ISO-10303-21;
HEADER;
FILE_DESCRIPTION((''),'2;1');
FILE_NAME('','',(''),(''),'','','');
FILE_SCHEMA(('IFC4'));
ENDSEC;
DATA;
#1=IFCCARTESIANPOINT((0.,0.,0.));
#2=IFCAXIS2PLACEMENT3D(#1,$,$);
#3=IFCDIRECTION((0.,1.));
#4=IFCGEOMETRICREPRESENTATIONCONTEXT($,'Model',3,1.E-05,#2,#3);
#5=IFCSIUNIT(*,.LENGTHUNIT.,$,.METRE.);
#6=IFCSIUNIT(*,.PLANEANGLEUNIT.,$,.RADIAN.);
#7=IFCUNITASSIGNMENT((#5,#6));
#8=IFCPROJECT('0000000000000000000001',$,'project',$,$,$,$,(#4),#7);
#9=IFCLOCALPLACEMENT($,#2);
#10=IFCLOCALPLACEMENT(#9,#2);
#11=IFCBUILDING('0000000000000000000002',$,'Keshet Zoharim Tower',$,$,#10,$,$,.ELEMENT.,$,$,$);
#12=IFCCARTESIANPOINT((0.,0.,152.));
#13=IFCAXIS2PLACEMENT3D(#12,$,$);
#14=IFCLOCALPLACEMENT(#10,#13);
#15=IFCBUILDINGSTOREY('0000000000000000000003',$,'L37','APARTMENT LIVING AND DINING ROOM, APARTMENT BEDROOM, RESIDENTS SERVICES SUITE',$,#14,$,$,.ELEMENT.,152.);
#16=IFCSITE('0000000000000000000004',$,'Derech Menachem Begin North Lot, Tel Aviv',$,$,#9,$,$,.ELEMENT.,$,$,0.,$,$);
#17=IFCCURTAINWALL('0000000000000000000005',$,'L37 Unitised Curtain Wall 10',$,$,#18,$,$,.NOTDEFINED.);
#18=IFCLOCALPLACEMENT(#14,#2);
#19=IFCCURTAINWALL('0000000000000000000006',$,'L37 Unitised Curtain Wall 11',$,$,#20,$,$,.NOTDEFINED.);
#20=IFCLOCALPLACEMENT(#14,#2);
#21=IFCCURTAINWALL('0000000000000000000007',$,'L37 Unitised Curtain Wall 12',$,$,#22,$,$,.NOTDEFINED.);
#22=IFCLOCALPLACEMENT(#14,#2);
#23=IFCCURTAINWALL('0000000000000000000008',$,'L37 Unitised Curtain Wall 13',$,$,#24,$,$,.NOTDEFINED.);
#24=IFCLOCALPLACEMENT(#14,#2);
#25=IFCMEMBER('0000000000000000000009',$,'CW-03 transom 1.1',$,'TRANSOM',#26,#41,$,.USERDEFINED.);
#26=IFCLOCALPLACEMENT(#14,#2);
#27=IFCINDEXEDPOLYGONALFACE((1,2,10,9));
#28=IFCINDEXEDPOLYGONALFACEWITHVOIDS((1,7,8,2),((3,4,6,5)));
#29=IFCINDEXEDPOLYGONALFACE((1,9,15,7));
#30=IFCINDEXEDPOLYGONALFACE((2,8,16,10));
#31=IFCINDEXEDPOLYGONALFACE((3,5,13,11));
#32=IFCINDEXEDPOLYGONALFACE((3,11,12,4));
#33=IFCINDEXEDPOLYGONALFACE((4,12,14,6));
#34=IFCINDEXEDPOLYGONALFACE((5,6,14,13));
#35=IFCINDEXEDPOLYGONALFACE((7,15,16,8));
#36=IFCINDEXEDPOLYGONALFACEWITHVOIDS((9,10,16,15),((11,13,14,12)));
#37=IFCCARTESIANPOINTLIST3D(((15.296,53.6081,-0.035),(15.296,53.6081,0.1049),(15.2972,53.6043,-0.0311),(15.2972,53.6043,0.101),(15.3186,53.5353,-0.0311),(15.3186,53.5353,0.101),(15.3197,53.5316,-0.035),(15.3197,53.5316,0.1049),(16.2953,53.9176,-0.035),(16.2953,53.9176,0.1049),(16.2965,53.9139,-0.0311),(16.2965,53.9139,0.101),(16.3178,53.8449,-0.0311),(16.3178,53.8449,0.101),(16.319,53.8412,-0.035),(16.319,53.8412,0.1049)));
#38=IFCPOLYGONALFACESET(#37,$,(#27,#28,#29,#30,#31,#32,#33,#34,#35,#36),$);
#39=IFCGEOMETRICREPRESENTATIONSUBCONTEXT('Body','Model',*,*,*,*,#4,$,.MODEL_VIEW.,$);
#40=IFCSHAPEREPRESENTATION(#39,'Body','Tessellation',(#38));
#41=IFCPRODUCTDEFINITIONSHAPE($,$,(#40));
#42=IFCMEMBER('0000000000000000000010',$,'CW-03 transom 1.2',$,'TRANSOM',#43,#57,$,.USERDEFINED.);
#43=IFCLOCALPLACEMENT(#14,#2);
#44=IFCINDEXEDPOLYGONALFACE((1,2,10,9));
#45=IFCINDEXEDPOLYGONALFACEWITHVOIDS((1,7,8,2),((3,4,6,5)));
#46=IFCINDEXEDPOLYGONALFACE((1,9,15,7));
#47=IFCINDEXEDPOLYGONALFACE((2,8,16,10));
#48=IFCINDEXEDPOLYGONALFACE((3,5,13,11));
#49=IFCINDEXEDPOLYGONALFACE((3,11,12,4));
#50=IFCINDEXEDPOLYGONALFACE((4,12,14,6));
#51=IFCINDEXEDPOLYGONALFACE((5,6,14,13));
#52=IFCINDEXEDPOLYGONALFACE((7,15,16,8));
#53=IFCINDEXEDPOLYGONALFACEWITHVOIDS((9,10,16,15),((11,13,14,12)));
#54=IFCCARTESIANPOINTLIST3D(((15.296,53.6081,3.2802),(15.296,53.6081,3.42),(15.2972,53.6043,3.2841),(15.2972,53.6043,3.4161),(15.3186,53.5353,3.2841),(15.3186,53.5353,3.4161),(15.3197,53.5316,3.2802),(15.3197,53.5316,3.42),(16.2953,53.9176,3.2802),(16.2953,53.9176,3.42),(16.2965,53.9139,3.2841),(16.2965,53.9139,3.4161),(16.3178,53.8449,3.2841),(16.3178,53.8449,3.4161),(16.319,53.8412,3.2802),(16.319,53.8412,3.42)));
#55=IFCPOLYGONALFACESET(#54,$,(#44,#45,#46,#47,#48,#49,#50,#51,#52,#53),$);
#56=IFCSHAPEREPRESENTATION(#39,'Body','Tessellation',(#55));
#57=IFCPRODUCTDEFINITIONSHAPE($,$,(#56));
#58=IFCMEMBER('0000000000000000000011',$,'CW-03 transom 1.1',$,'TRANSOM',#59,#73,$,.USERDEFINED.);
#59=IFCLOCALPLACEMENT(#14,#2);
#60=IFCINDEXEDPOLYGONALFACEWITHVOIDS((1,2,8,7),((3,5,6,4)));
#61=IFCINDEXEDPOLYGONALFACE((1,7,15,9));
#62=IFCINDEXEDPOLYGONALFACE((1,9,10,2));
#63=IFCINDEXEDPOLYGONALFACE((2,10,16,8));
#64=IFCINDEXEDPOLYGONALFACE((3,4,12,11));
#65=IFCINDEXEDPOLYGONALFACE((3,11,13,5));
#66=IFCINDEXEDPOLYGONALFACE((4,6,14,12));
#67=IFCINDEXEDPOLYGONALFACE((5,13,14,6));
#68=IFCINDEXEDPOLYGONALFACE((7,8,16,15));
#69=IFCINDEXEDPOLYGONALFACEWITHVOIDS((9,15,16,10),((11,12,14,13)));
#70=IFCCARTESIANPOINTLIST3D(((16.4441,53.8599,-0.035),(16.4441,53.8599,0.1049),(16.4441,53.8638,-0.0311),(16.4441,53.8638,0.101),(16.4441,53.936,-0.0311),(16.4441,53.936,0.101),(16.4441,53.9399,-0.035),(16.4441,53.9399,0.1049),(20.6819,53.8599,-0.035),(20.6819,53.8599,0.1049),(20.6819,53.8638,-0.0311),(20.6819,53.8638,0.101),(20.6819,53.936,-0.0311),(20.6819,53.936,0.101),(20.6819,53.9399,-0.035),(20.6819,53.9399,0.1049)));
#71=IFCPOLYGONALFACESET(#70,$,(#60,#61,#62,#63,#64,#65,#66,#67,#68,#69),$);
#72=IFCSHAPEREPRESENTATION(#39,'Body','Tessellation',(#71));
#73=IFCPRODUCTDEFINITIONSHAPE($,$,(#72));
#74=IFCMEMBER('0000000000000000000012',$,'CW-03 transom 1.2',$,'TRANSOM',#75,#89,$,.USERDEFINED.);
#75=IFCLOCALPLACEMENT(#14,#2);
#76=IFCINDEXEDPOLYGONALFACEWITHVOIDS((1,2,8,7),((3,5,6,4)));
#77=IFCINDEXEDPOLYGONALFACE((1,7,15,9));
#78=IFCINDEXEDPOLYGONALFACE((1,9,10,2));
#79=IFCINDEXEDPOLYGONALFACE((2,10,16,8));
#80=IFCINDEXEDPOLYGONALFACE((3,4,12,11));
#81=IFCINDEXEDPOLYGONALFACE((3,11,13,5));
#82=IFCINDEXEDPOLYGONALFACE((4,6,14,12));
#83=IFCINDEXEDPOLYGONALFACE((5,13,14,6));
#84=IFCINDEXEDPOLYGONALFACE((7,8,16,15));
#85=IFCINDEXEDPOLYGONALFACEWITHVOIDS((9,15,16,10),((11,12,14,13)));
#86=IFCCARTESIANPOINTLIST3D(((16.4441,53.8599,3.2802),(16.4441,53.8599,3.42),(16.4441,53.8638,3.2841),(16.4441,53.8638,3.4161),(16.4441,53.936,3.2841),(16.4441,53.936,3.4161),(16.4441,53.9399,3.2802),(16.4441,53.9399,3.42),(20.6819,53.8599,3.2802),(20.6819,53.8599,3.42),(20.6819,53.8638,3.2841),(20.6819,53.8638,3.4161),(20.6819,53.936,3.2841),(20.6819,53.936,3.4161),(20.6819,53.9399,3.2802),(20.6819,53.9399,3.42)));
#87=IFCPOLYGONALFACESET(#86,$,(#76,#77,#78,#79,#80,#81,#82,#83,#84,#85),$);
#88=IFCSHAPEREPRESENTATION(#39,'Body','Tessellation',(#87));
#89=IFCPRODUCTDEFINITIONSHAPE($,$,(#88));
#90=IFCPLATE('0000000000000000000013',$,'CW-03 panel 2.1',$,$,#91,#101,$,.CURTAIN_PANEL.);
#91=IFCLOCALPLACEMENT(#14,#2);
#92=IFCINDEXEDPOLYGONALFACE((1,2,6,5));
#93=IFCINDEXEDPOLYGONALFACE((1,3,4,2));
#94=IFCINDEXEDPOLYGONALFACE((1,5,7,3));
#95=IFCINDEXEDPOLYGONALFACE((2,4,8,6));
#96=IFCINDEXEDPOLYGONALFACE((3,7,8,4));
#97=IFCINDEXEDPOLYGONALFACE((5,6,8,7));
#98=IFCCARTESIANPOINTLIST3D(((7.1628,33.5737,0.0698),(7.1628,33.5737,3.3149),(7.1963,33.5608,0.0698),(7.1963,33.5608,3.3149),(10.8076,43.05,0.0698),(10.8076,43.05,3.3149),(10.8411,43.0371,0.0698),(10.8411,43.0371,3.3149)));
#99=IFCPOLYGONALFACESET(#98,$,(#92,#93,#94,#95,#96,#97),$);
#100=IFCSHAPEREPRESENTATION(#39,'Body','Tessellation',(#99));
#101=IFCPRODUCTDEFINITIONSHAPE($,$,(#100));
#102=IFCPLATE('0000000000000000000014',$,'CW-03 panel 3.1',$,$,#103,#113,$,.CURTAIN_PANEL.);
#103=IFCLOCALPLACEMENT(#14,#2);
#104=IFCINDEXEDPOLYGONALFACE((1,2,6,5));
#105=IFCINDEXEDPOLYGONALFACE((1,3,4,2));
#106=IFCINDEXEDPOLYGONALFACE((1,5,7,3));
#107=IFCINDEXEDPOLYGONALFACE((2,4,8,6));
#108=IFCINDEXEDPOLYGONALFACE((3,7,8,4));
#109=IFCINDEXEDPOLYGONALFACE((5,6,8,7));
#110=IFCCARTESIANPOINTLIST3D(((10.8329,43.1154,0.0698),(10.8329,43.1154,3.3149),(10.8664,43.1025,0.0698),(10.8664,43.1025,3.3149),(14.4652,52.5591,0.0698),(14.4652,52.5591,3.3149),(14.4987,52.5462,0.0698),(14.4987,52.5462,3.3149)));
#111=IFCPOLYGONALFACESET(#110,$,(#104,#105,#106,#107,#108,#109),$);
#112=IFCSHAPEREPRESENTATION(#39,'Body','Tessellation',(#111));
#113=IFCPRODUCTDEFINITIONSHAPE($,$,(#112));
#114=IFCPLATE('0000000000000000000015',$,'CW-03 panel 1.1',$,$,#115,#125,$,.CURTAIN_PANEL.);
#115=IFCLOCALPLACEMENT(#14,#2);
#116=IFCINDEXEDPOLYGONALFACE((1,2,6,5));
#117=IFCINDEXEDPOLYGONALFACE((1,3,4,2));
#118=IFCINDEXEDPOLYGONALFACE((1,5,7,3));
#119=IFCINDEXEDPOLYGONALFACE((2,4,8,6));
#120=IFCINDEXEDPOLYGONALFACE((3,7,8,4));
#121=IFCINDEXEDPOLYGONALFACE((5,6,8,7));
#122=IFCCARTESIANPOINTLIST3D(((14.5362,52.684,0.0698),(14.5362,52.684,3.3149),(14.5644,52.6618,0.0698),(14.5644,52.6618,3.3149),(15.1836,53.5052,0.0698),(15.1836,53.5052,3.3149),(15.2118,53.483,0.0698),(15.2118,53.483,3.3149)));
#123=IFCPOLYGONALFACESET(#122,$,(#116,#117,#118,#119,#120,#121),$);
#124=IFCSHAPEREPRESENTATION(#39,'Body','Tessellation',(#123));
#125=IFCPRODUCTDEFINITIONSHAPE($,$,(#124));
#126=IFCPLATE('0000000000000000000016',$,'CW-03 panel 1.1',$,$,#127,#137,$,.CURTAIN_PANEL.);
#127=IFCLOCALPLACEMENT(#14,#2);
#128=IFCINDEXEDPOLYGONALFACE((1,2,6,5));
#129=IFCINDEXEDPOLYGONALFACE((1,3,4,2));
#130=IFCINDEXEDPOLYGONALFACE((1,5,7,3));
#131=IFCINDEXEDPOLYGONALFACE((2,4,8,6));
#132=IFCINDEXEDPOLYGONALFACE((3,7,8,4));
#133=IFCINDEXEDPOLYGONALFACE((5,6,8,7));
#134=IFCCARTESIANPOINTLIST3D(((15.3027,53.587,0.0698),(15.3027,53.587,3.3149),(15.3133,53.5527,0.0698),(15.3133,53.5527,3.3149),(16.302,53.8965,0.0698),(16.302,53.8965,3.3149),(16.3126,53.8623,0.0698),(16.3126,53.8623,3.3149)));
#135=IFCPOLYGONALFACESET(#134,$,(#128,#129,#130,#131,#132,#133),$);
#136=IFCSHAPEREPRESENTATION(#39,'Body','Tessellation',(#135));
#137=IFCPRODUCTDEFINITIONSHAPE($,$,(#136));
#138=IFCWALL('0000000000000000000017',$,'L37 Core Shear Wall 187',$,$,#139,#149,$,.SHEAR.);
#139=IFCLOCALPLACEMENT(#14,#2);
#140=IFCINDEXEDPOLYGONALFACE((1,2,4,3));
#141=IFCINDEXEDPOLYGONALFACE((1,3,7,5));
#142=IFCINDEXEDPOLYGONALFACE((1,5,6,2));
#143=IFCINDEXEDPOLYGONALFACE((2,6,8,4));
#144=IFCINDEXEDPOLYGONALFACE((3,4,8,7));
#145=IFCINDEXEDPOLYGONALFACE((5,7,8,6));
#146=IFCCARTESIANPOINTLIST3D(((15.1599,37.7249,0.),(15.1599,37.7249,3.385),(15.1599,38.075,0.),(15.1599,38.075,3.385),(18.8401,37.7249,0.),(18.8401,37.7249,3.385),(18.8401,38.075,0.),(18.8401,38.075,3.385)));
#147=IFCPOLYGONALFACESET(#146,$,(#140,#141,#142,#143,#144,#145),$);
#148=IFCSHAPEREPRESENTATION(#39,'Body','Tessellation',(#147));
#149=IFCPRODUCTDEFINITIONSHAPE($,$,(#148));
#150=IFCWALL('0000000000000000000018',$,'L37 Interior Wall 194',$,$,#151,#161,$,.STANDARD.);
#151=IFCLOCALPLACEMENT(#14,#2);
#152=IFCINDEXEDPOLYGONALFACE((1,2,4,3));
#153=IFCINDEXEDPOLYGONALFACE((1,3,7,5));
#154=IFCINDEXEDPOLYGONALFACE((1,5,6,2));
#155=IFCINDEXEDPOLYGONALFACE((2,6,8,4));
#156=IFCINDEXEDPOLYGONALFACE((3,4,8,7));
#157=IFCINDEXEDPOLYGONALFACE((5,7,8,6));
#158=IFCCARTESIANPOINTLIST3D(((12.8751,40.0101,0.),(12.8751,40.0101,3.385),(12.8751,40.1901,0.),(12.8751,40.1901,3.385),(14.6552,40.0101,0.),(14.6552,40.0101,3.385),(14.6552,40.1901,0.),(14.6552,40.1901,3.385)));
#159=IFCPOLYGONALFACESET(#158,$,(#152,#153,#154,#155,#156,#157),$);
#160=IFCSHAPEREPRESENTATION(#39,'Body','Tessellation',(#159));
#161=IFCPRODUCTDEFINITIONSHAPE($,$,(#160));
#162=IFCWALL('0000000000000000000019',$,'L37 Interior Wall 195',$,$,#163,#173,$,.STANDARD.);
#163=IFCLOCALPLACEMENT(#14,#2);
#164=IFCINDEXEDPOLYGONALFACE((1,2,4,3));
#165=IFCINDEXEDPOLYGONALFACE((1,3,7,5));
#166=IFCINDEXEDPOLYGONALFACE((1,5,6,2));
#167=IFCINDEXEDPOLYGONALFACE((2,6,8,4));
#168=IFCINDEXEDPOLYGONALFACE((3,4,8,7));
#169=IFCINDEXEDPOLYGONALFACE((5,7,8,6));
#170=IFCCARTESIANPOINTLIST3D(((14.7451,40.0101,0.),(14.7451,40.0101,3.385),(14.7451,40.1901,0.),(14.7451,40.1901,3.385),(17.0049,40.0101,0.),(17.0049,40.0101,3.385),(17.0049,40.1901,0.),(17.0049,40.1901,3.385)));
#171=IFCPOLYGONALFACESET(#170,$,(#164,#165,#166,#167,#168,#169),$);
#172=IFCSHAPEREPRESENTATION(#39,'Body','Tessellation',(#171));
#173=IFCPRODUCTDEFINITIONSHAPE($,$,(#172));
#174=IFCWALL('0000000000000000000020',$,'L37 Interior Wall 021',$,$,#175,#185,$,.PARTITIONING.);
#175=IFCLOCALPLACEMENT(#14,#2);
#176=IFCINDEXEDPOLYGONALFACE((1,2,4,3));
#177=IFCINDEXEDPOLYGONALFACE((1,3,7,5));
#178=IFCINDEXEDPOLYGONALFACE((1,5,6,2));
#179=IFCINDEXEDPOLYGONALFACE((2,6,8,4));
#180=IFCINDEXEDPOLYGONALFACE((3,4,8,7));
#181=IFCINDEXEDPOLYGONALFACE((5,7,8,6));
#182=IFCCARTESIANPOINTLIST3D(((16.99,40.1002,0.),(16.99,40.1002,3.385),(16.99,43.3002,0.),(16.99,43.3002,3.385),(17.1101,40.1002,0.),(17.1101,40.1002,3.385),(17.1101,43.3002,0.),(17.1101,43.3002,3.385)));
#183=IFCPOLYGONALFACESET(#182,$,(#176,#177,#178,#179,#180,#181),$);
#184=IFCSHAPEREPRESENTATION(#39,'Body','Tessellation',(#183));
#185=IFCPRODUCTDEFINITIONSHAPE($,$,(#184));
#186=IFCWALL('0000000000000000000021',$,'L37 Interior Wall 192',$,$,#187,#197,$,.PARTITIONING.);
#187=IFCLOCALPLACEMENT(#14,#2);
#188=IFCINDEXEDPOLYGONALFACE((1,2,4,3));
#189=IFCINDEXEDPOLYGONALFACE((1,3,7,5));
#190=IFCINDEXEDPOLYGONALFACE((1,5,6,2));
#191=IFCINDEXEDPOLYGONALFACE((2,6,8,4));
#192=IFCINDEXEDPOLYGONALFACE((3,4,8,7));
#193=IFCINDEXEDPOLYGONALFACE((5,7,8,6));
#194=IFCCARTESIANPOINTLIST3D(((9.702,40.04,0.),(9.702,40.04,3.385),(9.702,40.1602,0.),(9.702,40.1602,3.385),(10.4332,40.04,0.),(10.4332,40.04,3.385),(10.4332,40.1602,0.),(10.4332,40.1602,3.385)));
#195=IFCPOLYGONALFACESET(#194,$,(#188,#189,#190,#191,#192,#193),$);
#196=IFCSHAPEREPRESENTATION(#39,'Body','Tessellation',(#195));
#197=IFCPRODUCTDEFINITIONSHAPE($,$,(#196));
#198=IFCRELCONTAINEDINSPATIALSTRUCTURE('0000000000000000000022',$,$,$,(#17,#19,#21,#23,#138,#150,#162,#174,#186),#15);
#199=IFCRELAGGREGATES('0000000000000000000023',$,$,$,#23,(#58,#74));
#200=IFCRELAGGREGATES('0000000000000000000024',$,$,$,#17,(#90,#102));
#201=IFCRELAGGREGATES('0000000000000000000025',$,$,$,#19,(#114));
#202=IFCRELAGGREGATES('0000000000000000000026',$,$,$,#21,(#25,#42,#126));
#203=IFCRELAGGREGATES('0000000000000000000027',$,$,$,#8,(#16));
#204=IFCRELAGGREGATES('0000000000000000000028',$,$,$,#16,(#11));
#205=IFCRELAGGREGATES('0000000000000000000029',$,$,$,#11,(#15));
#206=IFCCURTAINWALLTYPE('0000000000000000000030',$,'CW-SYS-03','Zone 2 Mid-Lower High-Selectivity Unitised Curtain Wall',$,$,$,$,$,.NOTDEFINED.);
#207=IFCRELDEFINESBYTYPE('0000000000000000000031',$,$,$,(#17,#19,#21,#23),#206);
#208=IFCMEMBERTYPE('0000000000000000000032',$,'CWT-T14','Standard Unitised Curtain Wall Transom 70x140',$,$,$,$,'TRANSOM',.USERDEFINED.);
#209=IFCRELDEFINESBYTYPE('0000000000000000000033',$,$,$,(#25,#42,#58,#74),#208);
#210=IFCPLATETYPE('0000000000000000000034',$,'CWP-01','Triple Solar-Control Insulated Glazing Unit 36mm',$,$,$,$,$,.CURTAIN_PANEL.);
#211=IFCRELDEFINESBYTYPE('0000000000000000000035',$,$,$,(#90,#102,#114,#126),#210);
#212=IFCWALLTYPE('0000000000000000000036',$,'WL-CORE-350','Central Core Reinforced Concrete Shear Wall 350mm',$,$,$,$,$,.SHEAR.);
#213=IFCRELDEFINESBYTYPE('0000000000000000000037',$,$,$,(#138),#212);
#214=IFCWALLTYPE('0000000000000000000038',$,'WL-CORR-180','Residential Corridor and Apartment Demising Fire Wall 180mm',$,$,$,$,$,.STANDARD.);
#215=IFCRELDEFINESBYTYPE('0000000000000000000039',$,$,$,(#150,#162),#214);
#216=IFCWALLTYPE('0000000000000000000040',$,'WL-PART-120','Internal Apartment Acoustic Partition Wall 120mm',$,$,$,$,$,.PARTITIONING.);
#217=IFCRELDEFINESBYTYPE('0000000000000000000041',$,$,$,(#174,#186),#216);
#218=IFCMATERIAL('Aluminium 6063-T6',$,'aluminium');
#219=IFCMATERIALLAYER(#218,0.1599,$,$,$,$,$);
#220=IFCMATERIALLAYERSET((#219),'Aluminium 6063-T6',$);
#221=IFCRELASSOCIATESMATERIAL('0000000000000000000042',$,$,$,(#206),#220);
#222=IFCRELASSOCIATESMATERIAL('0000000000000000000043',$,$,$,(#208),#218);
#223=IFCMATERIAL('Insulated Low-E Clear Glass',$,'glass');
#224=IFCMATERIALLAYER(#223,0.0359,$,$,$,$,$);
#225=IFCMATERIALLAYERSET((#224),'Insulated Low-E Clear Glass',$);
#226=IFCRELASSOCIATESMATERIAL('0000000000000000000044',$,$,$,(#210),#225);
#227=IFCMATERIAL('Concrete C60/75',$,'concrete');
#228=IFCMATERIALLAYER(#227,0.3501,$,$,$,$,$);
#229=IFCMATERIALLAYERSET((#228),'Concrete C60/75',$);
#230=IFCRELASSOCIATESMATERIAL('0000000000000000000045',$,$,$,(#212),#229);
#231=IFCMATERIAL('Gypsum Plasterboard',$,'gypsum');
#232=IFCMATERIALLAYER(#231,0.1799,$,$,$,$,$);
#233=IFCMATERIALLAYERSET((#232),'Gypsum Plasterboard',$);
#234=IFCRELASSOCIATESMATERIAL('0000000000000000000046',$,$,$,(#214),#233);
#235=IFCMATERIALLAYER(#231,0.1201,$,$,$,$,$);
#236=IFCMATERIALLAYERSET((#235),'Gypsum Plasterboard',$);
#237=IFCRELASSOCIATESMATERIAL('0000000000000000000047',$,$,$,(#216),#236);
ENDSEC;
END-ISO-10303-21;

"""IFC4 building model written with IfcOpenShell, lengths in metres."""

from ifc_helpers import new_model, si_unit, direction, frame, frame_2d, origin, origin_2d, place, context, subcontext, project, spatial, rectangle, hollow_rectangle, extrude, material, layer, layer_set, material_profile, profile_set, type_object, element, aggregate, save


model = new_model("IFC4")

# Units and contexts
model_context = context("Model", 3, precision=1e-05, world=origin(), true_north=direction((0.0, 1.0)))
body_context = subcontext(model_context, "Body", "Model", "MODEL_VIEW")
ifc_project = project(units=[si_unit("LENGTHUNIT", "METRE"), si_unit("PLANEANGLEUNIT", "RADIAN")], contexts=[model_context])

# Site, building, storey
site_placement = place(None, origin())
site = spatial("IfcSite", under=ifc_project, at=site_placement, Name="Derech Menachem Begin North Lot, Tel Aviv", CompositionType="ELEMENT", RefElevation=0.0)
building_placement = place(site_placement, origin())
building = spatial("IfcBuilding", under=site, at=building_placement, Name="Keshet Zoharim Tower", CompositionType="ELEMENT")
storey_placement = place(building_placement, frame((0.0, 0.0, 152.0)))
storey = spatial("IfcBuildingStorey", under=building, at=storey_placement, Name="L37", Description="APARTMENT LIVING AND DINING ROOM, APARTMENT BEDROOM, RESIDENTS SERVICES SUITE", CompositionType="ELEMENT", Elevation=152.0)

# Curtain walls
ifc_material_1 = material(Name="Aluminium 6063-T6", Category="aluminium")
ifc_layer_1 = layer(ifc_material_1, 0.1599)
ifc_layer_set_1 = layer_set([ifc_layer_1], Name="Aluminium 6063-T6")
curtain_wall_type = type_object("IfcCurtainWallType", Name="CW-SYS-03", Description="Zone 2 Mid-Lower High-Selectivity Unitised Curtain Wall", PredefinedType="NOTDEFINED", material=ifc_layer_set_1)
curtain_wall_1_placement = place(storey_placement, origin())
curtain_wall_1 = element("IfcCurtainWall", 1, at=curtain_wall_1_placement, inside=storey, type_object=curtain_wall_type, Name="L37 Unitised Curtain Wall 10", PredefinedType="NOTDEFINED")
curtain_wall_2_placement = place(storey_placement, origin())
curtain_wall_2 = element("IfcCurtainWall", 2, at=curtain_wall_2_placement, inside=storey, type_object=curtain_wall_type, Name="L37 Unitised Curtain Wall 11", PredefinedType="NOTDEFINED")
curtain_wall_3_placement = place(storey_placement, origin())
curtain_wall_3 = element("IfcCurtainWall", 3, at=curtain_wall_3_placement, inside=storey, type_object=curtain_wall_type, Name="L37 Unitised Curtain Wall 12", PredefinedType="NOTDEFINED")

# Curtain wall
curtain_wall_4_placement = place(storey_placement, origin())
curtain_wall_4 = element("IfcCurtainWall", 4, at=curtain_wall_4_placement, inside=storey, type_object=curtain_wall_type, Name="L37 Unitised Curtain Wall 13", PredefinedType="NOTDEFINED")

# Members
ifc_material_profile_1 = material_profile(ifc_material_1, hollow_rectangle(XDim=0.0801, YDim=0.1399, WallThickness=0.0039, at=origin_2d()), Name="TRN-80x140")
ifc_profile_set_1 = profile_set([ifc_material_profile_1], Name="Aluminium 6063-T6")
member_type_1 = type_object("IfcMemberType", Name="CWT-T14", Description="Standard Unitised Curtain Wall Transom 70x140", ElementType="TRANSOM", PredefinedType="USERDEFINED", material=ifc_profile_set_1)
member_1_placement = place(storey_placement, frame((15.3079, 53.5698, 0.0349), z_axis=(0.955212, 0.295922, 0.0), x_axis=(-0.295922, 0.955212, 0.0)))
member_1 = element("IfcMember", 5, at=member_1_placement, type_object=member_type_1, Name="CW-03 transom 1.1", ObjectType="TRANSOM", PredefinedType="USERDEFINED", context=body_context, shape_type="SweptSolid", body=[
    extrude(hollow_rectangle(XDim=0.0801, YDim=0.1399, WallThickness=0.0039, at=origin_2d()), origin(), (0.0, 0.0, 1.0), 1.0461),
])
member_2_placement = place(storey_placement, frame((15.3079, 53.5698, 3.3501), z_axis=(0.955212, 0.295922, 0.0), x_axis=(-0.295922, 0.955212, 0.0)))
member_2 = element("IfcMember", 6, at=member_2_placement, type_object=member_type_1, Name="CW-03 transom 1.2", ObjectType="TRANSOM", PredefinedType="USERDEFINED", context=body_context, shape_type="SweptSolid", body=[
    extrude(hollow_rectangle(XDim=0.0801, YDim=0.1399, WallThickness=0.0039, at=origin_2d()), origin(), (0.0, 0.0, 1.0), 1.0461),
])
member_3_placement = place(storey_placement, frame((16.4441, 53.8999, 0.0349), z_axis=(1.0, 0.0, 0.0), x_axis=(0.0, 1.0, 0.0)))
member_3 = element("IfcMember", 7, at=member_3_placement, type_object=member_type_1, Name="CW-03 transom 1.1", ObjectType="TRANSOM", PredefinedType="USERDEFINED", context=body_context, shape_type="SweptSolid", body=[
    extrude(hollow_rectangle(XDim=0.0801, YDim=0.1399, WallThickness=0.0039, at=origin_2d()), origin(), (0.0, 0.0, 1.0), 4.2378),
])
member_4_placement = place(storey_placement, frame((16.4441, 53.8999, 3.3501), z_axis=(1.0, 0.0, 0.0), x_axis=(0.0, 1.0, 0.0)))
member_4 = element("IfcMember", 8, at=member_4_placement, type_object=member_type_1, Name="CW-03 transom 1.2", ObjectType="TRANSOM", PredefinedType="USERDEFINED", context=body_context, shape_type="SweptSolid", body=[
    extrude(hollow_rectangle(XDim=0.0801, YDim=0.1399, WallThickness=0.0039, at=origin_2d()), origin(), (0.0, 0.0, 1.0), 4.2378),
])
aggregate(curtain_wall_4, [member_3, member_4])

# Plates
ifc_material_2 = material(Name="Insulated Low-E Clear Glass", Category="glass")
ifc_layer_2 = layer(ifc_material_2, 0.0359)
ifc_layer_set_2 = layer_set([ifc_layer_2], Name="Insulated Low-E Clear Glass")
plate_type = type_object("IfcPlateType", Name="CWP-01", Description="Triple Solar-Control Insulated Glazing Unit 36mm", PredefinedType="CURTAIN_PANEL", material=ifc_layer_set_2)
plate_1_placement = place(storey_placement, frame((9.002, 38.3054, 0.0698), z_axis=(0.0, 0.0, 1.0), x_axis=(0.35899, 0.933341, 0.0)))
plate_1 = element("IfcPlate", 9, at=plate_1_placement, type_object=plate_type, Name="CW-03 panel 2.1", PredefinedType="CURTAIN_PANEL", context=body_context, shape_type="SweptSolid", body=[
    extrude(rectangle(XDim=10.1531, YDim=0.0359, at=origin_2d()), origin(), (0.0, 0.0, 1.0), 3.2451),
])
plate_2_placement = place(storey_placement, frame((12.6658, 47.8308, 0.0698), z_axis=(0.0, 0.0, 1.0), x_axis=(0.35899, 0.933341, 0.0)))
plate_2 = element("IfcPlate", 10, at=plate_2_placement, type_object=plate_type, Name="CW-03 panel 3.1", PredefinedType="CURTAIN_PANEL", context=body_context, shape_type="SweptSolid", body=[
    extrude(rectangle(XDim=10.1182, YDim=0.0359, at=origin_2d()), origin(), (0.0, 0.0, 1.0), 3.2451),
])
aggregate(curtain_wall_1, [plate_1, plate_2])
plate_3_placement = place(storey_placement, frame((14.874, 53.0835, 0.0698), z_axis=(0.0, 0.0, 1.0), x_axis=(0.619125, 0.785293, 0.0)))
plate_3 = element("IfcPlate", 11, at=plate_3_placement, type_object=plate_type, Name="CW-03 panel 1.1", PredefinedType="CURTAIN_PANEL", context=body_context, shape_type="SweptSolid", body=[
    extrude(rectangle(XDim=1.0457, YDim=0.0359, at=origin_2d()), origin(), (0.0, 0.0, 1.0), 3.2451),
])
aggregate(curtain_wall_2, [plate_3])
plate_4_placement = place(storey_placement, frame((15.8076, 53.7246, 0.0698), z_axis=(0.0, 0.0, 1.0), x_axis=(0.955212, 0.295922, 0.0)))
plate_4 = element("IfcPlate", 12, at=plate_4_placement, type_object=plate_type, Name="CW-03 panel 1.1", PredefinedType="CURTAIN_PANEL", context=body_context, shape_type="SweptSolid", body=[
    extrude(rectangle(XDim=1.0461, YDim=0.0359, at=origin_2d()), origin(), (0.0, 0.0, 1.0), 3.2451),
])
aggregate(curtain_wall_3, [member_1, member_2, plate_4])

# Walls
ifc_material_3 = material(Name="Concrete C60/75", Category="concrete")
ifc_layer_3 = layer(ifc_material_3, 0.3501)
ifc_layer_set_3 = layer_set([ifc_layer_3], Name="Concrete C60/75")
wall_type_1 = type_object("IfcWallType", Name="WL-CORE-350", Description="Central Core Reinforced Concrete Shear Wall 350mm", PredefinedType="SHEAR", material=ifc_layer_set_3)
wall_1_placement = place(storey_placement, frame((15.1599, 37.8999, 0.0), z_axis=(0.0, 0.0, 1.0), x_axis=(1.0, 0.0, 0.0)))
element("IfcWall", 13, at=wall_1_placement, inside=storey, type_object=wall_type_1, Name="L37 Core Shear Wall 187", PredefinedType="SHEAR", context=body_context, shape_type="SweptSolid", body=[
    extrude(rectangle(XDim=3.6802, YDim=0.3501, at=frame_2d((1.8401, 0.0))), origin(), (0.0, 0.0, 1.0), 3.385),
])
ifc_material_4 = material(Name="Gypsum Plasterboard", Category="gypsum")
ifc_layer_4 = layer(ifc_material_4, 0.1799)
ifc_layer_set_4 = layer_set([ifc_layer_4], Name="Gypsum Plasterboard")
wall_type_2 = type_object("IfcWallType", Name="WL-CORR-180", Description="Residential Corridor and Apartment Demising Fire Wall 180mm", PredefinedType="STANDARD", material=ifc_layer_set_4)
wall_2_placement = place(storey_placement, frame((12.875, 40.1001, 0.0), z_axis=(0.0, 0.0, 1.0), x_axis=(1.0, 0.0, 0.0)))
element("IfcWall", 14, at=wall_2_placement, inside=storey, type_object=wall_type_2, Name="L37 Interior Wall 194", PredefinedType="STANDARD", context=body_context, shape_type="SweptSolid", body=[
    extrude(rectangle(XDim=1.78, YDim=0.1799, at=frame_2d((0.8901, 0.0))), origin(), (0.0, 0.0, 1.0), 3.385),
])
wall_3_placement = place(storey_placement, frame((14.7451, 40.1001, 0.0), z_axis=(0.0, 0.0, 1.0), x_axis=(1.0, 0.0, 0.0)))
element("IfcWall", 15, at=wall_3_placement, inside=storey, type_object=wall_type_2, Name="L37 Interior Wall 195", PredefinedType="STANDARD", context=body_context, shape_type="SweptSolid", body=[
    extrude(rectangle(XDim=2.2598, YDim=0.1799, at=frame_2d((1.1299, 0.0))), origin(), (0.0, 0.0, 1.0), 3.385),
])

# Shared definitions
ifc_layer_5 = layer(ifc_material_4, 0.1201)
ifc_layer_set_5 = layer_set([ifc_layer_5], Name="Gypsum Plasterboard")
wall_type_3 = type_object("IfcWallType", Name="WL-PART-120", Description="Internal Apartment Acoustic Partition Wall 120mm", PredefinedType="PARTITIONING", material=ifc_layer_set_5)

# Walls
wall_4_placement = place(storey_placement, frame((17.05, 40.1001, 0.0), z_axis=(0.0, 0.0, 1.0), x_axis=(0.0, 1.0, 0.0)))
element("IfcWall", 16, at=wall_4_placement, inside=storey, type_object=wall_type_3, Name="L37 Interior Wall 021", PredefinedType="PARTITIONING", context=body_context, shape_type="SweptSolid", body=[
    extrude(rectangle(XDim=3.2, YDim=0.1201, at=frame_2d((1.6001, 0.0))), origin(), (0.0, 0.0, 1.0), 3.385),
])
wall_5_placement = place(storey_placement, frame((9.7019, 40.1001, 0.0), z_axis=(0.0, 0.0, 1.0), x_axis=(1.0, 0.0, 0.0)))
element("IfcWall", 17, at=wall_5_placement, inside=storey, type_object=wall_type_3, Name="L37 Interior Wall 192", PredefinedType="PARTITIONING", context=body_context, shape_type="SweptSolid", body=[
    extrude(rectangle(XDim=0.7312, YDim=0.1201, at=frame_2d((0.3657, 0.0))), origin(), (0.0, 0.0, 1.0), 3.385),
])

save(model, "model.ifc")
